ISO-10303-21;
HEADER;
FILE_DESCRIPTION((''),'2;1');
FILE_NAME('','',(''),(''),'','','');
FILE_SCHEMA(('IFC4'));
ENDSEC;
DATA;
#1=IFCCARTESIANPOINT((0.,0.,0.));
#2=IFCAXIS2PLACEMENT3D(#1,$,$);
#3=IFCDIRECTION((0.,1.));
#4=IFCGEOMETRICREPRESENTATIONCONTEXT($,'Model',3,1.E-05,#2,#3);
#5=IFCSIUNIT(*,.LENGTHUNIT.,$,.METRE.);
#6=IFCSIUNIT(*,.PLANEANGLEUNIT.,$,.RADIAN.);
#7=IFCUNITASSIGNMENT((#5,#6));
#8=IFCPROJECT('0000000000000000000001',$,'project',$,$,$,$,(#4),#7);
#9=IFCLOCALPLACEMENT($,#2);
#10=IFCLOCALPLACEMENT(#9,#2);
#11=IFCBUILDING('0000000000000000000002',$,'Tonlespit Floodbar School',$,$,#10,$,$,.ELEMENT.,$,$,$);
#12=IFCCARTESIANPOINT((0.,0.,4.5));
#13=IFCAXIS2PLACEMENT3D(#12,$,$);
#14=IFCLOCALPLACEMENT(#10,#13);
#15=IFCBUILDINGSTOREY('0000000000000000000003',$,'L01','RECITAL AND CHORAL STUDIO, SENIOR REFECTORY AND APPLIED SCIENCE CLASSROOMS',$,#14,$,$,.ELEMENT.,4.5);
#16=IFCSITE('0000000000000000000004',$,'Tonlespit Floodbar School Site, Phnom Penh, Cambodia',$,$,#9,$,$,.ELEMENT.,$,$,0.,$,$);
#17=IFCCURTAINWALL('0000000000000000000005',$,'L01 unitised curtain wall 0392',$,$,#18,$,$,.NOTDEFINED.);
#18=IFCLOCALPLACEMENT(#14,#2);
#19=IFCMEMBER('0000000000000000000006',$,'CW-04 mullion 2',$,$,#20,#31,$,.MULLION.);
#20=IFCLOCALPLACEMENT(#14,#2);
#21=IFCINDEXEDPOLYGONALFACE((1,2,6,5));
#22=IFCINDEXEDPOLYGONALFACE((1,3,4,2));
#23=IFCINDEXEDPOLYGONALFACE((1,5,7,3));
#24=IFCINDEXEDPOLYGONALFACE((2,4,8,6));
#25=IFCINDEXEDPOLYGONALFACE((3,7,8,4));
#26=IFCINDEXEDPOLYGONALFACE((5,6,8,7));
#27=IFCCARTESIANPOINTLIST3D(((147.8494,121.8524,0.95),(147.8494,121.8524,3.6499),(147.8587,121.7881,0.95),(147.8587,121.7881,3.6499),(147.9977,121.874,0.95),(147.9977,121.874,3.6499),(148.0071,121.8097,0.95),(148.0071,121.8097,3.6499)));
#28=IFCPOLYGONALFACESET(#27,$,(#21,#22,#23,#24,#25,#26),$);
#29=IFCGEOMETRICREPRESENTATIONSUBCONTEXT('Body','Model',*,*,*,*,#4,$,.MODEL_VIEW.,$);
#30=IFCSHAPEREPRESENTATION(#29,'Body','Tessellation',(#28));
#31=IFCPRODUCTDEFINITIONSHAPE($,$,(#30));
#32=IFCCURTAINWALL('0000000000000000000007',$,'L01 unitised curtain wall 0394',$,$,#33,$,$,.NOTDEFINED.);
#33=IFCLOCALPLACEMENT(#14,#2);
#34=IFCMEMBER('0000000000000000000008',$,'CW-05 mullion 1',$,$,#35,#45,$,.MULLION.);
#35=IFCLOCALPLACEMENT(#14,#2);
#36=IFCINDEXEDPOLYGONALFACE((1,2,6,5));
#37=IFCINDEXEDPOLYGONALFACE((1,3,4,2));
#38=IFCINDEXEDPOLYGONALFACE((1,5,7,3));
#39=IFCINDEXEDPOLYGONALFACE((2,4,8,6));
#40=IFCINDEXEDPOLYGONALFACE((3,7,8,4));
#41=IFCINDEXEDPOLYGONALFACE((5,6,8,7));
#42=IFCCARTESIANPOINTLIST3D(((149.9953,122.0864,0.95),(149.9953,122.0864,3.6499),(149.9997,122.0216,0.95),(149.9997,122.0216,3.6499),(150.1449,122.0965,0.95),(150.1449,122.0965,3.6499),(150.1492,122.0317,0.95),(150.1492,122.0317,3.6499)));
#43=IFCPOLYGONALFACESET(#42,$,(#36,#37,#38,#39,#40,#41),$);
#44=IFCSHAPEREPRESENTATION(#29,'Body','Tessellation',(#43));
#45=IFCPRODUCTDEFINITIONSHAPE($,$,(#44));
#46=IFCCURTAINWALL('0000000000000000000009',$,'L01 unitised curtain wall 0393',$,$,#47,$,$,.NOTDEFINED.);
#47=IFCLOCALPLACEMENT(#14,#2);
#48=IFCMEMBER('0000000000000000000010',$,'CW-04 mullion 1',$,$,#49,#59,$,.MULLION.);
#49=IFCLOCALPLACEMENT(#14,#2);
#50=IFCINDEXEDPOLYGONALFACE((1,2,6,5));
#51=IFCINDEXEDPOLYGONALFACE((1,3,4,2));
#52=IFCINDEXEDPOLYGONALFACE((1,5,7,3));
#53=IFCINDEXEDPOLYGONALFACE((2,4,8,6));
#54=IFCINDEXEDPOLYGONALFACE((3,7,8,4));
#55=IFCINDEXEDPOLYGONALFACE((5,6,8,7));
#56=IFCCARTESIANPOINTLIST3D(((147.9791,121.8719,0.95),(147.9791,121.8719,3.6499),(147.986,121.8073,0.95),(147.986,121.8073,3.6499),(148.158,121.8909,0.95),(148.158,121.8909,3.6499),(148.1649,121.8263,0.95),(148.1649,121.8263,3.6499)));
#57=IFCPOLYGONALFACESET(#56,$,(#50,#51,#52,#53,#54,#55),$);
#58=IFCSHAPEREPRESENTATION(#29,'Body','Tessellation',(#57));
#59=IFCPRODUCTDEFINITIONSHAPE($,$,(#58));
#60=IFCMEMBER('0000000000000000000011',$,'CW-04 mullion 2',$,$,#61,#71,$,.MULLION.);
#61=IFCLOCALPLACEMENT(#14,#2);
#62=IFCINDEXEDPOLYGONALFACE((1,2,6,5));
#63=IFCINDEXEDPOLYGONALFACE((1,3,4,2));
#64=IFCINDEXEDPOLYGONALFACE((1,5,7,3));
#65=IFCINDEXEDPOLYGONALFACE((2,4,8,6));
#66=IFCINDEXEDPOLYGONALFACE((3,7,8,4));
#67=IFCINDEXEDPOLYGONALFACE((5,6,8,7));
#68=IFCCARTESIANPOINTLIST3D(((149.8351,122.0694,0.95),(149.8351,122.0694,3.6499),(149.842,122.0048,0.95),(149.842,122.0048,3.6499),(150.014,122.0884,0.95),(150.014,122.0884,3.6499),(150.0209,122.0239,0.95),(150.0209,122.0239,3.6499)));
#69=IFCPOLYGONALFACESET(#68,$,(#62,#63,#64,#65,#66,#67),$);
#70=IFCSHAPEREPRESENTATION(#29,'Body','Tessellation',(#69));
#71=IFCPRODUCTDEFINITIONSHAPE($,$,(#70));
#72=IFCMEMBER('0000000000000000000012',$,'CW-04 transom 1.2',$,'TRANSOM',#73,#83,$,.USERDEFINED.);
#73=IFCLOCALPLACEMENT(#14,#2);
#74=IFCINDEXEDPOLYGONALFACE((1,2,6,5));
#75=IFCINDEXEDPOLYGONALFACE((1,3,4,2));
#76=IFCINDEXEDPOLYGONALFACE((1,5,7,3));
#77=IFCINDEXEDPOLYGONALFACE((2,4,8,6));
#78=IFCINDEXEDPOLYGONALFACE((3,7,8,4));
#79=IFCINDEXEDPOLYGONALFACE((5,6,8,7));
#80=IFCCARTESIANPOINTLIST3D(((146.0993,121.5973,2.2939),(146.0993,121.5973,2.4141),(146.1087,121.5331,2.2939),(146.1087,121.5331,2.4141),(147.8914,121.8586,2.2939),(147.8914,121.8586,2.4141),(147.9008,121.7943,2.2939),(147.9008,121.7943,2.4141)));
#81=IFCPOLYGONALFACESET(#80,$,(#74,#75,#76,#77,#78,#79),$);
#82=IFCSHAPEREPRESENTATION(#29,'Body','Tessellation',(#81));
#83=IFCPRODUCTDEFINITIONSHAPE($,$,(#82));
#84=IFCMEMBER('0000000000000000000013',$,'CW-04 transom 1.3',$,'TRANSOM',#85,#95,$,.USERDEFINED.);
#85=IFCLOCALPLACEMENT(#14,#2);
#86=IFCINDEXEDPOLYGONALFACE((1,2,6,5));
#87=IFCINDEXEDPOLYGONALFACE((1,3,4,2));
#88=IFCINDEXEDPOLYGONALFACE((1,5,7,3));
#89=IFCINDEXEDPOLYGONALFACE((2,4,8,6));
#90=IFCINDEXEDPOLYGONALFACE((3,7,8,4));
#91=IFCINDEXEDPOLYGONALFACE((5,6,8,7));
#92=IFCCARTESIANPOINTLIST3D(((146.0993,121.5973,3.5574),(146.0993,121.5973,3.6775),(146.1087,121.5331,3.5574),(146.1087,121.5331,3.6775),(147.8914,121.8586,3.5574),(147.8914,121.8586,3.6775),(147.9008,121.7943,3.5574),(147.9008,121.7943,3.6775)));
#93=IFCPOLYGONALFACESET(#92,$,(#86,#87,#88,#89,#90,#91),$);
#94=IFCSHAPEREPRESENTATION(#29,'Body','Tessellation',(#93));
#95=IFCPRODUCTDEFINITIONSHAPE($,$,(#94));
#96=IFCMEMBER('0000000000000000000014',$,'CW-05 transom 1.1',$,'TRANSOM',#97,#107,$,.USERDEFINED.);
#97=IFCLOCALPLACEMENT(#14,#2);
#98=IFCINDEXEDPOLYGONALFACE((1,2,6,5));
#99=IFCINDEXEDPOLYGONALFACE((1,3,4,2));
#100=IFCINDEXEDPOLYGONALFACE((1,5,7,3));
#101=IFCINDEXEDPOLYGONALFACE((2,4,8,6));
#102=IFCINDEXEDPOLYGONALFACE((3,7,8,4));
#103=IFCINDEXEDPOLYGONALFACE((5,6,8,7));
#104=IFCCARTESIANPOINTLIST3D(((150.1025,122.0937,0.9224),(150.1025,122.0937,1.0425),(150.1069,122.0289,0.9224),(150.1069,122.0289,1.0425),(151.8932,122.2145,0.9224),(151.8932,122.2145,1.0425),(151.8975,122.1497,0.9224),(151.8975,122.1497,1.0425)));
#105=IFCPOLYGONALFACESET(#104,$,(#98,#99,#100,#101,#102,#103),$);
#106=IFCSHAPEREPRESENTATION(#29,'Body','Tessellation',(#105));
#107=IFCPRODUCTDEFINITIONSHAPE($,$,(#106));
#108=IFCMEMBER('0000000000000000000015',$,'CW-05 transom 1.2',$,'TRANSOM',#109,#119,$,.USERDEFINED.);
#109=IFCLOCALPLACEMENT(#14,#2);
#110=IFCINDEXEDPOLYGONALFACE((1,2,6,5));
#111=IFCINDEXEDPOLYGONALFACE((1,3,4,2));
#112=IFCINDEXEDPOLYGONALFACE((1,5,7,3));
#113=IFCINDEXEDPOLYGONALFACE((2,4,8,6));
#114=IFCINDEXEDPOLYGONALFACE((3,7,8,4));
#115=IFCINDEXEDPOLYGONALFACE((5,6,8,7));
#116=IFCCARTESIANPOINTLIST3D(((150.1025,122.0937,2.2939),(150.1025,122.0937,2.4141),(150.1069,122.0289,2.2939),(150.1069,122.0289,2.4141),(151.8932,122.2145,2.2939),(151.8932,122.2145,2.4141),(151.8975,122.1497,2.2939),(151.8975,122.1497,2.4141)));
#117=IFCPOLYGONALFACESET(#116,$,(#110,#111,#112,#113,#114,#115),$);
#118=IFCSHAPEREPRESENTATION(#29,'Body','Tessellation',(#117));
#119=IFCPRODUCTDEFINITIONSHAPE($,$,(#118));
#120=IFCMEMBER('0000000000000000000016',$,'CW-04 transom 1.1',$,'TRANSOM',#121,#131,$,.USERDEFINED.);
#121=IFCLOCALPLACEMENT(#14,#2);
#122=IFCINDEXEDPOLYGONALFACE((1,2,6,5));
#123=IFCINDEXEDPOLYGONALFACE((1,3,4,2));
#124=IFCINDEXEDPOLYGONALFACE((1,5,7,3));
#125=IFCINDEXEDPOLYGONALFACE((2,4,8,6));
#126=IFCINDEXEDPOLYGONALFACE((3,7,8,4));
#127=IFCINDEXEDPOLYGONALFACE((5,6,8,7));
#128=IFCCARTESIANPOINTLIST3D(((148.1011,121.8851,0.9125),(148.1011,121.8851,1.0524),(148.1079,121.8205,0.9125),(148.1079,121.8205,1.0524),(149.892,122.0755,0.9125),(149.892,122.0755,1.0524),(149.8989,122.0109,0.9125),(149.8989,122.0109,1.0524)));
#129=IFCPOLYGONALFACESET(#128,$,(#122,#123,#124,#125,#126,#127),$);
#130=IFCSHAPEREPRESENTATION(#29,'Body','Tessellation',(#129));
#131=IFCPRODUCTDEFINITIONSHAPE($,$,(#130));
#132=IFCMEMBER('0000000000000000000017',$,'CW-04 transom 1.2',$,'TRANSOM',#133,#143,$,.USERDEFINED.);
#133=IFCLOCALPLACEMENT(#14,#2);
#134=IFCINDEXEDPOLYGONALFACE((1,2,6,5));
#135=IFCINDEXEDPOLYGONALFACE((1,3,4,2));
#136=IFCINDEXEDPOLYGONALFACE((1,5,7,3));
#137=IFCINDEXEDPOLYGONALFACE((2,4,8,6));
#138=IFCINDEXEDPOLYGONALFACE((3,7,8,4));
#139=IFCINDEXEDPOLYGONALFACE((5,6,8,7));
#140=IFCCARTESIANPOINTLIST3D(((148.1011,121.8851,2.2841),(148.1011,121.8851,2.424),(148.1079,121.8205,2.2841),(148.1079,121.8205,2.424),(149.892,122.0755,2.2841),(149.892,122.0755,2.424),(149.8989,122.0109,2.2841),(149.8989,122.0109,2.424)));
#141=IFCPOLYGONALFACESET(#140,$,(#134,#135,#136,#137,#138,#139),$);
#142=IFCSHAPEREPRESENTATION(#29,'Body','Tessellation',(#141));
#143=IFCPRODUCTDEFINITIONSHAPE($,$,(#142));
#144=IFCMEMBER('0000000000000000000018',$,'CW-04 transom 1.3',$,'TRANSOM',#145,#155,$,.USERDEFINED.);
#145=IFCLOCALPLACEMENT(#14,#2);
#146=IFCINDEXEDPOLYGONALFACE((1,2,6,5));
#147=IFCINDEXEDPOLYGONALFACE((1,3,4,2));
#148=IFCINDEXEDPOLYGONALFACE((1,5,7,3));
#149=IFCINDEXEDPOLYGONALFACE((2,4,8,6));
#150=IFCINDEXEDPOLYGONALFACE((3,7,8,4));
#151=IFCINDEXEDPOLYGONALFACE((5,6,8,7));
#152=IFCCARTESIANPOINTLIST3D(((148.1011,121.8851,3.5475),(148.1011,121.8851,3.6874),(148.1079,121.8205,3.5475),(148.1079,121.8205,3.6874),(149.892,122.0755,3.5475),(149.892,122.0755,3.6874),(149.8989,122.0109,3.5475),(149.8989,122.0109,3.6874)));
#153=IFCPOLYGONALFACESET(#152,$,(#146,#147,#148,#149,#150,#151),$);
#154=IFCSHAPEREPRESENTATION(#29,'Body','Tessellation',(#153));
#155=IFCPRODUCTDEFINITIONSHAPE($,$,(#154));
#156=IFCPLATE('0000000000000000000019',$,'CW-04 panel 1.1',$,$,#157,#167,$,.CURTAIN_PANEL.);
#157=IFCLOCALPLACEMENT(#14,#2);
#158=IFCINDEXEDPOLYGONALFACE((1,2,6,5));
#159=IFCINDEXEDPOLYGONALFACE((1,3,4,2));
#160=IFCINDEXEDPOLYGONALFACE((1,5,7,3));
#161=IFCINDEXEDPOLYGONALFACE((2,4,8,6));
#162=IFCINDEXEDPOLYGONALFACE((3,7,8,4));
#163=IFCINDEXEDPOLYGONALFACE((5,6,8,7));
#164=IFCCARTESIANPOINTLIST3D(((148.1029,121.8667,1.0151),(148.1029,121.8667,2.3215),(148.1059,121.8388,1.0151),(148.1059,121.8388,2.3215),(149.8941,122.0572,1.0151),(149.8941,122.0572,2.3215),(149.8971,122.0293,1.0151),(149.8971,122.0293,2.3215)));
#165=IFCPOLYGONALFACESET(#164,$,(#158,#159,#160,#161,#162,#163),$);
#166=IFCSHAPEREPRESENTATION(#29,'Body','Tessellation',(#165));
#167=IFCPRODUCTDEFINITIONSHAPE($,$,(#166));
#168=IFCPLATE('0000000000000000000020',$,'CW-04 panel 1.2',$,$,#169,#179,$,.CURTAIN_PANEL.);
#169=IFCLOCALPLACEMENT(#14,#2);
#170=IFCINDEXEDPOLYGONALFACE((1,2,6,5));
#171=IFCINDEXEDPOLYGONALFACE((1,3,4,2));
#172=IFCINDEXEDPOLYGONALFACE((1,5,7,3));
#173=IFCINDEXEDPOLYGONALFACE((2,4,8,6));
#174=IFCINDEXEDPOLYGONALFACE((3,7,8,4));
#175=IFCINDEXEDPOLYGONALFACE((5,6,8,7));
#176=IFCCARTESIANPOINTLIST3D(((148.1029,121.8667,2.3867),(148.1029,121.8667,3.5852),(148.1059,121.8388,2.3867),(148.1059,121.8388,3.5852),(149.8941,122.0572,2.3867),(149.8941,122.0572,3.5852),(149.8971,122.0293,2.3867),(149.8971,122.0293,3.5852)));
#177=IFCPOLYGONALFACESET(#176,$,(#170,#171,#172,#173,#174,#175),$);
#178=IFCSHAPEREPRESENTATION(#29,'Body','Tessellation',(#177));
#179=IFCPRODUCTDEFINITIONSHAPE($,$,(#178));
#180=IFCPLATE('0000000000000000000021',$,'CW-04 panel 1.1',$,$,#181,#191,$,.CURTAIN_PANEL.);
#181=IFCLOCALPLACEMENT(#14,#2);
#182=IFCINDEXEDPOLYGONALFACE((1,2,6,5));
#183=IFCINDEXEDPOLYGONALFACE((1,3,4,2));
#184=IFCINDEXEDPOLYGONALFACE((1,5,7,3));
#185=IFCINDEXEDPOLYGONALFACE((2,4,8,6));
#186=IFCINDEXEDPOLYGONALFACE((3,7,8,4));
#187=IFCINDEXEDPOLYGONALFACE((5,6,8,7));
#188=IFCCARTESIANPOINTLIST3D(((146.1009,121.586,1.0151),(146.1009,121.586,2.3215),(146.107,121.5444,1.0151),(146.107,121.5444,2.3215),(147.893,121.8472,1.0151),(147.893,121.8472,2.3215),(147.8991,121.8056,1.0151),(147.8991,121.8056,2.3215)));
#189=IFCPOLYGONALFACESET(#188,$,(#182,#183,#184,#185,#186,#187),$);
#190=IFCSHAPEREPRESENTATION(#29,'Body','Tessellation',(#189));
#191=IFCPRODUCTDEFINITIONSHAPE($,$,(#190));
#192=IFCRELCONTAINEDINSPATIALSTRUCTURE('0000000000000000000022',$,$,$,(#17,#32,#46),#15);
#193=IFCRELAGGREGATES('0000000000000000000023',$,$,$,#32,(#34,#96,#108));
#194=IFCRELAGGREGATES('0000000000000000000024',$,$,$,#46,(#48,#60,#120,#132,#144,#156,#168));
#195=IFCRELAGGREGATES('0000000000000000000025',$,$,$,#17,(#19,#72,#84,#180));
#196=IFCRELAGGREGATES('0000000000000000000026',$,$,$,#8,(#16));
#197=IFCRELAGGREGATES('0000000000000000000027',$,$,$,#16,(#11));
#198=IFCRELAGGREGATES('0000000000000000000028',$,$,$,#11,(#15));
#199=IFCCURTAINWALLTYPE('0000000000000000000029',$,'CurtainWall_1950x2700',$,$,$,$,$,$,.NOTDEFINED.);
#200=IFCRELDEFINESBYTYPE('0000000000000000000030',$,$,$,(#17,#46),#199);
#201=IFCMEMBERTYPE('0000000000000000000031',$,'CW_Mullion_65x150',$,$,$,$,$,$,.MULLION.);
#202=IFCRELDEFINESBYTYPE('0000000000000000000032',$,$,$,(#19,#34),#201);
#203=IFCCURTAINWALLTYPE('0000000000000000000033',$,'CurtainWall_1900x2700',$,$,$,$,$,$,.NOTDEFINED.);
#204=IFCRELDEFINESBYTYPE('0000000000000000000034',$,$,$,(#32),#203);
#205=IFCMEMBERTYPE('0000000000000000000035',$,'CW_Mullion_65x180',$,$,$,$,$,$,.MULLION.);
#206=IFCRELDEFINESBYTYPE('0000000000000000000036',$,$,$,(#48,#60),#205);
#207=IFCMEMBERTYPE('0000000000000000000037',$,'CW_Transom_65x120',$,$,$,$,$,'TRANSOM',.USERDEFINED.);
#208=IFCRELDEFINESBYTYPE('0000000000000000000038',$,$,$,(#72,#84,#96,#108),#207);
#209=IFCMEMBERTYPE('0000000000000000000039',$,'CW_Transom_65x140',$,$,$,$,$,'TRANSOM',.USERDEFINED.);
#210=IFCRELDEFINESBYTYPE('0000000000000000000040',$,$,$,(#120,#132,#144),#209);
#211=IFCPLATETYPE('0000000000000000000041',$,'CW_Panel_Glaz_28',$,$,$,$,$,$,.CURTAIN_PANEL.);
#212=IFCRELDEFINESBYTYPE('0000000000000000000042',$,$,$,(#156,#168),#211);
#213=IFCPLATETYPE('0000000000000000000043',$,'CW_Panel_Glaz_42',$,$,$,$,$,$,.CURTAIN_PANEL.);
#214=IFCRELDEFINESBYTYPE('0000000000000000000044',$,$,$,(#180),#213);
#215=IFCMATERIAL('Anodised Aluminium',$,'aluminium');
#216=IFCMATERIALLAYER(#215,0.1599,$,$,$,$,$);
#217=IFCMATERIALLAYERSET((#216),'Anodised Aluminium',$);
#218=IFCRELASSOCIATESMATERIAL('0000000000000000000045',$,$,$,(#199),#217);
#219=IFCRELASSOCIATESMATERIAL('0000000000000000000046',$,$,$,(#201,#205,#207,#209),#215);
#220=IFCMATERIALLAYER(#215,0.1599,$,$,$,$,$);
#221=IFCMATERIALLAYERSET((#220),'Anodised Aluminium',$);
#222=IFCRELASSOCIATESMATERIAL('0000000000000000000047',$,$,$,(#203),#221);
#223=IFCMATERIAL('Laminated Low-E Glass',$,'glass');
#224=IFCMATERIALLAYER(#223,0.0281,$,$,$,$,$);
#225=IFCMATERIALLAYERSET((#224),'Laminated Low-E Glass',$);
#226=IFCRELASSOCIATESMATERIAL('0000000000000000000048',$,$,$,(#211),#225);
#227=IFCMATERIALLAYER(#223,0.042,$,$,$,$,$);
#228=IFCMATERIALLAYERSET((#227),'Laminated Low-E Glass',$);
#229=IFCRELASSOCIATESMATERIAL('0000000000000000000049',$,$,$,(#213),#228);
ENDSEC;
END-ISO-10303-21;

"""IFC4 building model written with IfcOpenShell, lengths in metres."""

from ifc_helpers import new_model, si_unit, direction, frame, origin, origin_2d, place, context, subcontext, project, spatial, rectangle, extrude, material, layer, layer_set, material_profile, profile_set, type_object, element, aggregate, save


model = new_model("IFC4")

# Units and contexts
model_context = context("Model", 3, precision=1e-05, world=origin(), true_north=direction((0.0, 1.0)))
body_context = subcontext(model_context, "Body", "Model", "MODEL_VIEW")
ifc_project = project(units=[si_unit("LENGTHUNIT", "METRE"), si_unit("PLANEANGLEUNIT", "RADIAN")], contexts=[model_context])

# Site, building, storey
site_placement = place(None, origin())
site = spatial("IfcSite", under=ifc_project, at=site_placement, Name="Tonlespit Floodbar School Site, Phnom Penh, Cambodia", CompositionType="ELEMENT", RefElevation=0.0)
building_placement = place(site_placement, origin())
building = spatial("IfcBuilding", under=site, at=building_placement, Name="Tonlespit Floodbar School", CompositionType="ELEMENT")
storey_placement = place(building_placement, frame((0.0, 0.0, 4.5)))
storey = spatial("IfcBuildingStorey", under=building, at=storey_placement, Name="L01", Description="RECITAL AND CHORAL STUDIO, SENIOR REFECTORY AND APPLIED SCIENCE CLASSROOMS", CompositionType="ELEMENT", Elevation=4.5)

# Curtain walls, members
ifc_material_1 = material(Name="Anodised Aluminium", Category="aluminium")
ifc_layer_1 = layer(ifc_material_1, 0.1599)
ifc_layer_set_1 = layer_set([ifc_layer_1], Name="Anodised Aluminium")
curtain_wall_type_1 = type_object("IfcCurtainWallType", Name="CurtainWall_1950x2700", PredefinedType="NOTDEFINED", material=ifc_layer_set_1)
curtain_wall_1_placement = place(storey_placement, origin())
curtain_wall_1 = element("IfcCurtainWall", 1, at=curtain_wall_1_placement, inside=storey, type_object=curtain_wall_type_1, Name="L01 unitised curtain wall 0392", PredefinedType="NOTDEFINED")
ifc_material_profile_1 = material_profile(ifc_material_1, rectangle(XDim=0.0649, YDim=0.1499, at=origin_2d()), Name="ALU M65x150")
ifc_profile_set_1 = profile_set([ifc_material_profile_1], Name="Anodised Aluminium")
member_type_1 = type_object("IfcMemberType", Name="CW_Mullion_65x150", PredefinedType="MULLION", material=ifc_profile_set_1)
member_1_placement = place(storey_placement, frame((147.9282, 121.8311, 0.95), z_axis=(0.0, 0.0, 1.0), x_axis=(-0.144248, 0.989542, 0.0)))
member_1 = element("IfcMember", 2, at=member_1_placement, type_object=member_type_1, Name="CW-04 mullion 2", PredefinedType="MULLION", context=body_context, shape_type="SweptSolid", body=[
    extrude(rectangle(XDim=0.0649, YDim=0.1499, at=origin_2d()), origin(), (0.0, 0.0, 1.0), 2.7),
])
ifc_layer_2 = layer(ifc_material_1, 0.1599)
ifc_layer_set_2 = layer_set([ifc_layer_2], Name="Anodised Aluminium")
curtain_wall_type_2 = type_object("IfcCurtainWallType", Name="CurtainWall_1900x2700", PredefinedType="NOTDEFINED", material=ifc_layer_set_2)
curtain_wall_2_placement = place(storey_placement, origin())
curtain_wall_2 = element("IfcCurtainWall", 3, at=curtain_wall_2_placement, inside=storey, type_object=curtain_wall_type_2, Name="L01 unitised curtain wall 0394", PredefinedType="NOTDEFINED")
member_2_placement = place(storey_placement, frame((150.0723, 122.0591, 0.95), z_axis=(0.0, 0.0, 1.0), x_axis=(-0.06734, 0.99773, 0.0)))
member_2 = element("IfcMember", 4, at=member_2_placement, type_object=member_type_1, Name="CW-05 mullion 1", PredefinedType="MULLION", context=body_context, shape_type="SweptSolid", body=[
    extrude(rectangle(XDim=0.0649, YDim=0.1499, at=origin_2d()), origin(), (0.0, 0.0, 1.0), 2.7),
])

# Curtain wall, members
curtain_wall_3_placement = place(storey_placement, origin())
curtain_wall_3 = element("IfcCurtainWall", 5, at=curtain_wall_3_placement, inside=storey, type_object=curtain_wall_type_1, Name="L01 unitised curtain wall 0393", PredefinedType="NOTDEFINED")
ifc_material_profile_2 = material_profile(ifc_material_1, rectangle(XDim=0.0649, YDim=0.1799, at=origin_2d()), Name="ALU M65x180")
ifc_profile_set_2 = profile_set([ifc_material_profile_2], Name="Anodised Aluminium")
member_type_2 = type_object("IfcMemberType", Name="CW_Mullion_65x180", PredefinedType="MULLION", material=ifc_profile_set_2)
member_3_placement = place(storey_placement, frame((148.072, 121.8491, 0.95), z_axis=(0.0, 0.0, 1.0), x_axis=(-0.105787, 0.994389, 0.0)))
member_3 = element("IfcMember", 6, at=member_3_placement, type_object=member_type_2, Name="CW-04 mullion 1", PredefinedType="MULLION", context=body_context, shape_type="SweptSolid", body=[
    extrude(rectangle(XDim=0.0649, YDim=0.1799, at=origin_2d()), origin(), (0.0, 0.0, 1.0), 2.7),
])
member_4_placement = place(storey_placement, frame((149.928, 122.0466, 0.95), z_axis=(0.0, 0.0, 1.0), x_axis=(-0.105787, 0.994389, 0.0)))
member_4 = element("IfcMember", 7, at=member_4_placement, type_object=member_type_2, Name="CW-04 mullion 2", PredefinedType="MULLION", context=body_context, shape_type="SweptSolid", body=[
    extrude(rectangle(XDim=0.0649, YDim=0.1799, at=origin_2d()), origin(), (0.0, 0.0, 1.0), 2.7),
])

# Members
ifc_material_profile_3 = material_profile(ifc_material_1, rectangle(XDim=0.0649, YDim=0.1201, at=origin_2d()), Name="ALU T65x120")
ifc_profile_set_3 = profile_set([ifc_material_profile_3], Name="Anodised Aluminium")
member_type_3 = type_object("IfcMemberType", Name="CW_Transom_65x120", ElementType="TRANSOM", PredefinedType="USERDEFINED", material=ifc_profile_set_3)
member_5_placement = place(storey_placement, frame((146.104, 121.5652, 2.354), z_axis=(0.989541, 0.144252, 0.0), x_axis=(-0.144252, 0.989541, 0.0)))
member_5 = element("IfcMember", 8, at=member_5_placement, type_object=member_type_3, Name="CW-04 transom 1.2", ObjectType="TRANSOM", PredefinedType="USERDEFINED", context=body_context, shape_type="SweptSolid", body=[
    extrude(rectangle(XDim=0.0649, YDim=0.1201, at=origin_2d()), origin(), (0.0, 0.0, 1.0), 1.811),
])
member_6_placement = place(storey_placement, frame((146.104, 121.5652, 3.6174), z_axis=(0.989541, 0.144252, 0.0), x_axis=(-0.144252, 0.989541, 0.0)))
member_6 = element("IfcMember", 9, at=member_6_placement, type_object=member_type_3, Name="CW-04 transom 1.3", ObjectType="TRANSOM", PredefinedType="USERDEFINED", context=body_context, shape_type="SweptSolid", body=[
    extrude(rectangle(XDim=0.0649, YDim=0.1201, at=origin_2d()), origin(), (0.0, 0.0, 1.0), 1.811),
])
member_7_placement = place(storey_placement, frame((150.1047, 122.0613, 0.9824), z_axis=(0.99773, 0.067341, 0.0), x_axis=(-0.067341, 0.99773, 0.0)))
member_7 = element("IfcMember", 10, at=member_7_placement, type_object=member_type_3, Name="CW-05 transom 1.1", ObjectType="TRANSOM", PredefinedType="USERDEFINED", context=body_context, shape_type="SweptSolid", body=[
    extrude(rectangle(XDim=0.0649, YDim=0.1201, at=origin_2d()), origin(), (0.0, 0.0, 1.0), 1.7947),
])
member_8_placement = place(storey_placement, frame((150.1047, 122.0613, 2.354), z_axis=(0.99773, 0.067341, 0.0), x_axis=(-0.067341, 0.99773, 0.0)))
member_8 = element("IfcMember", 11, at=member_8_placement, type_object=member_type_3, Name="CW-05 transom 1.2", ObjectType="TRANSOM", PredefinedType="USERDEFINED", context=body_context, shape_type="SweptSolid", body=[
    extrude(rectangle(XDim=0.0649, YDim=0.1201, at=origin_2d()), origin(), (0.0, 0.0, 1.0), 1.7947),
])
aggregate(curtain_wall_2, [member_2, member_7, member_8])
ifc_material_profile_4 = material_profile(ifc_material_1, rectangle(XDim=0.0649, YDim=0.1399, at=origin_2d()), Name="ALU T65x140")
ifc_profile_set_4 = profile_set([ifc_material_profile_4], Name="Anodised Aluminium")
member_type_4 = type_object("IfcMemberType", Name="CW_Transom_65x140", ElementType="TRANSOM", PredefinedType="USERDEFINED", material=ifc_profile_set_4)
member_9_placement = place(storey_placement, frame((148.1045, 121.8528, 0.9824), z_axis=(0.994395, 0.105729, 0.0), x_axis=(-0.105729, 0.994395, 0.0)))
member_9 = element("IfcMember", 12, at=member_9_placement, type_object=member_type_4, Name="CW-04 transom 1.1", ObjectType="TRANSOM", PredefinedType="USERDEFINED", context=body_context, shape_type="SweptSolid", body=[
    extrude(rectangle(XDim=0.0649, YDim=0.1399, at=origin_2d()), origin(), (0.0, 0.0, 1.0), 1.801),
])
member_10_placement = place(storey_placement, frame((148.1045, 121.8528, 2.354), z_axis=(0.994395, 0.105729, 0.0), x_axis=(-0.105729, 0.994395, 0.0)))
member_10 = element("IfcMember", 13, at=member_10_placement, type_object=member_type_4, Name="CW-04 transom 1.2", ObjectType="TRANSOM", PredefinedType="USERDEFINED", context=body_context, shape_type="SweptSolid", body=[
    extrude(rectangle(XDim=0.0649, YDim=0.1399, at=origin_2d()), origin(), (0.0, 0.0, 1.0), 1.801),
])
member_11_placement = place(storey_placement, frame((148.1045, 121.8528, 3.6174), z_axis=(0.994395, 0.105729, 0.0), x_axis=(-0.105729, 0.994395, 0.0)))
member_11 = element("IfcMember", 14, at=member_11_placement, type_object=member_type_4, Name="CW-04 transom 1.3", ObjectType="TRANSOM", PredefinedType="USERDEFINED", context=body_context, shape_type="SweptSolid", body=[
    extrude(rectangle(XDim=0.0649, YDim=0.1399, at=origin_2d()), origin(), (0.0, 0.0, 1.0), 1.801),
])

# Plates
ifc_material_2 = material(Name="Laminated Low-E Glass", Category="glass")
ifc_layer_3 = layer(ifc_material_2, 0.0281)
ifc_layer_set_3 = layer_set([ifc_layer_3], Name="Laminated Low-E Glass")
plate_type_1 = type_object("IfcPlateType", Name="CW_Panel_Glaz_28", PredefinedType="CURTAIN_PANEL", material=ifc_layer_set_3)
plate_1_placement = place(storey_placement, frame((149.0, 121.948, 1.0151), z_axis=(0.0, 0.0, 1.0), x_axis=(0.994389, 0.105787, 0.0)))
plate_1 = element("IfcPlate", 15, at=plate_1_placement, type_object=plate_type_1, Name="CW-04 panel 1.1", PredefinedType="CURTAIN_PANEL", context=body_context, shape_type="SweptSolid", body=[
    extrude(rectangle(XDim=1.8013, YDim=0.0281, at=origin_2d()), origin(), (0.0, 0.0, 1.0), 1.3064),
])
plate_2_placement = place(storey_placement, frame((149.0, 121.948, 2.3867), z_axis=(0.0, 0.0, 1.0), x_axis=(0.994389, 0.105787, 0.0)))
plate_2 = element("IfcPlate", 16, at=plate_2_placement, type_object=plate_type_1, Name="CW-04 panel 1.2", PredefinedType="CURTAIN_PANEL", context=body_context, shape_type="SweptSolid", body=[
    extrude(rectangle(XDim=1.8013, YDim=0.0281, at=origin_2d()), origin(), (0.0, 0.0, 1.0), 1.1985),
])
aggregate(curtain_wall_3, [member_3, member_4, member_9, member_10, member_11, plate_1, plate_2])
ifc_layer_4 = layer(ifc_material_2, 0.042)
ifc_layer_set_4 = layer_set([ifc_layer_4], Name="Laminated Low-E Glass")
plate_type_2 = type_object("IfcPlateType", Name="CW_Panel_Glaz_42", PredefinedType="CURTAIN_PANEL", material=ifc_layer_set_4)
plate_3_placement = place(storey_placement, frame((147.0, 121.6958, 1.0151), z_axis=(0.0, 0.0, 1.0), x_axis=(0.989542, 0.144248, 0.0)))
plate_3 = element("IfcPlate", 17, at=plate_3_placement, type_object=plate_type_2, Name="CW-04 panel 1.1", PredefinedType="CURTAIN_PANEL", context=body_context, shape_type="SweptSolid", body=[
    extrude(rectangle(XDim=1.811, YDim=0.042, at=origin_2d()), origin(), (0.0, 0.0, 1.0), 1.3064),
])
aggregate(curtain_wall_1, [member_1, member_5, member_6, plate_3])

save(model, "model.ifc")
